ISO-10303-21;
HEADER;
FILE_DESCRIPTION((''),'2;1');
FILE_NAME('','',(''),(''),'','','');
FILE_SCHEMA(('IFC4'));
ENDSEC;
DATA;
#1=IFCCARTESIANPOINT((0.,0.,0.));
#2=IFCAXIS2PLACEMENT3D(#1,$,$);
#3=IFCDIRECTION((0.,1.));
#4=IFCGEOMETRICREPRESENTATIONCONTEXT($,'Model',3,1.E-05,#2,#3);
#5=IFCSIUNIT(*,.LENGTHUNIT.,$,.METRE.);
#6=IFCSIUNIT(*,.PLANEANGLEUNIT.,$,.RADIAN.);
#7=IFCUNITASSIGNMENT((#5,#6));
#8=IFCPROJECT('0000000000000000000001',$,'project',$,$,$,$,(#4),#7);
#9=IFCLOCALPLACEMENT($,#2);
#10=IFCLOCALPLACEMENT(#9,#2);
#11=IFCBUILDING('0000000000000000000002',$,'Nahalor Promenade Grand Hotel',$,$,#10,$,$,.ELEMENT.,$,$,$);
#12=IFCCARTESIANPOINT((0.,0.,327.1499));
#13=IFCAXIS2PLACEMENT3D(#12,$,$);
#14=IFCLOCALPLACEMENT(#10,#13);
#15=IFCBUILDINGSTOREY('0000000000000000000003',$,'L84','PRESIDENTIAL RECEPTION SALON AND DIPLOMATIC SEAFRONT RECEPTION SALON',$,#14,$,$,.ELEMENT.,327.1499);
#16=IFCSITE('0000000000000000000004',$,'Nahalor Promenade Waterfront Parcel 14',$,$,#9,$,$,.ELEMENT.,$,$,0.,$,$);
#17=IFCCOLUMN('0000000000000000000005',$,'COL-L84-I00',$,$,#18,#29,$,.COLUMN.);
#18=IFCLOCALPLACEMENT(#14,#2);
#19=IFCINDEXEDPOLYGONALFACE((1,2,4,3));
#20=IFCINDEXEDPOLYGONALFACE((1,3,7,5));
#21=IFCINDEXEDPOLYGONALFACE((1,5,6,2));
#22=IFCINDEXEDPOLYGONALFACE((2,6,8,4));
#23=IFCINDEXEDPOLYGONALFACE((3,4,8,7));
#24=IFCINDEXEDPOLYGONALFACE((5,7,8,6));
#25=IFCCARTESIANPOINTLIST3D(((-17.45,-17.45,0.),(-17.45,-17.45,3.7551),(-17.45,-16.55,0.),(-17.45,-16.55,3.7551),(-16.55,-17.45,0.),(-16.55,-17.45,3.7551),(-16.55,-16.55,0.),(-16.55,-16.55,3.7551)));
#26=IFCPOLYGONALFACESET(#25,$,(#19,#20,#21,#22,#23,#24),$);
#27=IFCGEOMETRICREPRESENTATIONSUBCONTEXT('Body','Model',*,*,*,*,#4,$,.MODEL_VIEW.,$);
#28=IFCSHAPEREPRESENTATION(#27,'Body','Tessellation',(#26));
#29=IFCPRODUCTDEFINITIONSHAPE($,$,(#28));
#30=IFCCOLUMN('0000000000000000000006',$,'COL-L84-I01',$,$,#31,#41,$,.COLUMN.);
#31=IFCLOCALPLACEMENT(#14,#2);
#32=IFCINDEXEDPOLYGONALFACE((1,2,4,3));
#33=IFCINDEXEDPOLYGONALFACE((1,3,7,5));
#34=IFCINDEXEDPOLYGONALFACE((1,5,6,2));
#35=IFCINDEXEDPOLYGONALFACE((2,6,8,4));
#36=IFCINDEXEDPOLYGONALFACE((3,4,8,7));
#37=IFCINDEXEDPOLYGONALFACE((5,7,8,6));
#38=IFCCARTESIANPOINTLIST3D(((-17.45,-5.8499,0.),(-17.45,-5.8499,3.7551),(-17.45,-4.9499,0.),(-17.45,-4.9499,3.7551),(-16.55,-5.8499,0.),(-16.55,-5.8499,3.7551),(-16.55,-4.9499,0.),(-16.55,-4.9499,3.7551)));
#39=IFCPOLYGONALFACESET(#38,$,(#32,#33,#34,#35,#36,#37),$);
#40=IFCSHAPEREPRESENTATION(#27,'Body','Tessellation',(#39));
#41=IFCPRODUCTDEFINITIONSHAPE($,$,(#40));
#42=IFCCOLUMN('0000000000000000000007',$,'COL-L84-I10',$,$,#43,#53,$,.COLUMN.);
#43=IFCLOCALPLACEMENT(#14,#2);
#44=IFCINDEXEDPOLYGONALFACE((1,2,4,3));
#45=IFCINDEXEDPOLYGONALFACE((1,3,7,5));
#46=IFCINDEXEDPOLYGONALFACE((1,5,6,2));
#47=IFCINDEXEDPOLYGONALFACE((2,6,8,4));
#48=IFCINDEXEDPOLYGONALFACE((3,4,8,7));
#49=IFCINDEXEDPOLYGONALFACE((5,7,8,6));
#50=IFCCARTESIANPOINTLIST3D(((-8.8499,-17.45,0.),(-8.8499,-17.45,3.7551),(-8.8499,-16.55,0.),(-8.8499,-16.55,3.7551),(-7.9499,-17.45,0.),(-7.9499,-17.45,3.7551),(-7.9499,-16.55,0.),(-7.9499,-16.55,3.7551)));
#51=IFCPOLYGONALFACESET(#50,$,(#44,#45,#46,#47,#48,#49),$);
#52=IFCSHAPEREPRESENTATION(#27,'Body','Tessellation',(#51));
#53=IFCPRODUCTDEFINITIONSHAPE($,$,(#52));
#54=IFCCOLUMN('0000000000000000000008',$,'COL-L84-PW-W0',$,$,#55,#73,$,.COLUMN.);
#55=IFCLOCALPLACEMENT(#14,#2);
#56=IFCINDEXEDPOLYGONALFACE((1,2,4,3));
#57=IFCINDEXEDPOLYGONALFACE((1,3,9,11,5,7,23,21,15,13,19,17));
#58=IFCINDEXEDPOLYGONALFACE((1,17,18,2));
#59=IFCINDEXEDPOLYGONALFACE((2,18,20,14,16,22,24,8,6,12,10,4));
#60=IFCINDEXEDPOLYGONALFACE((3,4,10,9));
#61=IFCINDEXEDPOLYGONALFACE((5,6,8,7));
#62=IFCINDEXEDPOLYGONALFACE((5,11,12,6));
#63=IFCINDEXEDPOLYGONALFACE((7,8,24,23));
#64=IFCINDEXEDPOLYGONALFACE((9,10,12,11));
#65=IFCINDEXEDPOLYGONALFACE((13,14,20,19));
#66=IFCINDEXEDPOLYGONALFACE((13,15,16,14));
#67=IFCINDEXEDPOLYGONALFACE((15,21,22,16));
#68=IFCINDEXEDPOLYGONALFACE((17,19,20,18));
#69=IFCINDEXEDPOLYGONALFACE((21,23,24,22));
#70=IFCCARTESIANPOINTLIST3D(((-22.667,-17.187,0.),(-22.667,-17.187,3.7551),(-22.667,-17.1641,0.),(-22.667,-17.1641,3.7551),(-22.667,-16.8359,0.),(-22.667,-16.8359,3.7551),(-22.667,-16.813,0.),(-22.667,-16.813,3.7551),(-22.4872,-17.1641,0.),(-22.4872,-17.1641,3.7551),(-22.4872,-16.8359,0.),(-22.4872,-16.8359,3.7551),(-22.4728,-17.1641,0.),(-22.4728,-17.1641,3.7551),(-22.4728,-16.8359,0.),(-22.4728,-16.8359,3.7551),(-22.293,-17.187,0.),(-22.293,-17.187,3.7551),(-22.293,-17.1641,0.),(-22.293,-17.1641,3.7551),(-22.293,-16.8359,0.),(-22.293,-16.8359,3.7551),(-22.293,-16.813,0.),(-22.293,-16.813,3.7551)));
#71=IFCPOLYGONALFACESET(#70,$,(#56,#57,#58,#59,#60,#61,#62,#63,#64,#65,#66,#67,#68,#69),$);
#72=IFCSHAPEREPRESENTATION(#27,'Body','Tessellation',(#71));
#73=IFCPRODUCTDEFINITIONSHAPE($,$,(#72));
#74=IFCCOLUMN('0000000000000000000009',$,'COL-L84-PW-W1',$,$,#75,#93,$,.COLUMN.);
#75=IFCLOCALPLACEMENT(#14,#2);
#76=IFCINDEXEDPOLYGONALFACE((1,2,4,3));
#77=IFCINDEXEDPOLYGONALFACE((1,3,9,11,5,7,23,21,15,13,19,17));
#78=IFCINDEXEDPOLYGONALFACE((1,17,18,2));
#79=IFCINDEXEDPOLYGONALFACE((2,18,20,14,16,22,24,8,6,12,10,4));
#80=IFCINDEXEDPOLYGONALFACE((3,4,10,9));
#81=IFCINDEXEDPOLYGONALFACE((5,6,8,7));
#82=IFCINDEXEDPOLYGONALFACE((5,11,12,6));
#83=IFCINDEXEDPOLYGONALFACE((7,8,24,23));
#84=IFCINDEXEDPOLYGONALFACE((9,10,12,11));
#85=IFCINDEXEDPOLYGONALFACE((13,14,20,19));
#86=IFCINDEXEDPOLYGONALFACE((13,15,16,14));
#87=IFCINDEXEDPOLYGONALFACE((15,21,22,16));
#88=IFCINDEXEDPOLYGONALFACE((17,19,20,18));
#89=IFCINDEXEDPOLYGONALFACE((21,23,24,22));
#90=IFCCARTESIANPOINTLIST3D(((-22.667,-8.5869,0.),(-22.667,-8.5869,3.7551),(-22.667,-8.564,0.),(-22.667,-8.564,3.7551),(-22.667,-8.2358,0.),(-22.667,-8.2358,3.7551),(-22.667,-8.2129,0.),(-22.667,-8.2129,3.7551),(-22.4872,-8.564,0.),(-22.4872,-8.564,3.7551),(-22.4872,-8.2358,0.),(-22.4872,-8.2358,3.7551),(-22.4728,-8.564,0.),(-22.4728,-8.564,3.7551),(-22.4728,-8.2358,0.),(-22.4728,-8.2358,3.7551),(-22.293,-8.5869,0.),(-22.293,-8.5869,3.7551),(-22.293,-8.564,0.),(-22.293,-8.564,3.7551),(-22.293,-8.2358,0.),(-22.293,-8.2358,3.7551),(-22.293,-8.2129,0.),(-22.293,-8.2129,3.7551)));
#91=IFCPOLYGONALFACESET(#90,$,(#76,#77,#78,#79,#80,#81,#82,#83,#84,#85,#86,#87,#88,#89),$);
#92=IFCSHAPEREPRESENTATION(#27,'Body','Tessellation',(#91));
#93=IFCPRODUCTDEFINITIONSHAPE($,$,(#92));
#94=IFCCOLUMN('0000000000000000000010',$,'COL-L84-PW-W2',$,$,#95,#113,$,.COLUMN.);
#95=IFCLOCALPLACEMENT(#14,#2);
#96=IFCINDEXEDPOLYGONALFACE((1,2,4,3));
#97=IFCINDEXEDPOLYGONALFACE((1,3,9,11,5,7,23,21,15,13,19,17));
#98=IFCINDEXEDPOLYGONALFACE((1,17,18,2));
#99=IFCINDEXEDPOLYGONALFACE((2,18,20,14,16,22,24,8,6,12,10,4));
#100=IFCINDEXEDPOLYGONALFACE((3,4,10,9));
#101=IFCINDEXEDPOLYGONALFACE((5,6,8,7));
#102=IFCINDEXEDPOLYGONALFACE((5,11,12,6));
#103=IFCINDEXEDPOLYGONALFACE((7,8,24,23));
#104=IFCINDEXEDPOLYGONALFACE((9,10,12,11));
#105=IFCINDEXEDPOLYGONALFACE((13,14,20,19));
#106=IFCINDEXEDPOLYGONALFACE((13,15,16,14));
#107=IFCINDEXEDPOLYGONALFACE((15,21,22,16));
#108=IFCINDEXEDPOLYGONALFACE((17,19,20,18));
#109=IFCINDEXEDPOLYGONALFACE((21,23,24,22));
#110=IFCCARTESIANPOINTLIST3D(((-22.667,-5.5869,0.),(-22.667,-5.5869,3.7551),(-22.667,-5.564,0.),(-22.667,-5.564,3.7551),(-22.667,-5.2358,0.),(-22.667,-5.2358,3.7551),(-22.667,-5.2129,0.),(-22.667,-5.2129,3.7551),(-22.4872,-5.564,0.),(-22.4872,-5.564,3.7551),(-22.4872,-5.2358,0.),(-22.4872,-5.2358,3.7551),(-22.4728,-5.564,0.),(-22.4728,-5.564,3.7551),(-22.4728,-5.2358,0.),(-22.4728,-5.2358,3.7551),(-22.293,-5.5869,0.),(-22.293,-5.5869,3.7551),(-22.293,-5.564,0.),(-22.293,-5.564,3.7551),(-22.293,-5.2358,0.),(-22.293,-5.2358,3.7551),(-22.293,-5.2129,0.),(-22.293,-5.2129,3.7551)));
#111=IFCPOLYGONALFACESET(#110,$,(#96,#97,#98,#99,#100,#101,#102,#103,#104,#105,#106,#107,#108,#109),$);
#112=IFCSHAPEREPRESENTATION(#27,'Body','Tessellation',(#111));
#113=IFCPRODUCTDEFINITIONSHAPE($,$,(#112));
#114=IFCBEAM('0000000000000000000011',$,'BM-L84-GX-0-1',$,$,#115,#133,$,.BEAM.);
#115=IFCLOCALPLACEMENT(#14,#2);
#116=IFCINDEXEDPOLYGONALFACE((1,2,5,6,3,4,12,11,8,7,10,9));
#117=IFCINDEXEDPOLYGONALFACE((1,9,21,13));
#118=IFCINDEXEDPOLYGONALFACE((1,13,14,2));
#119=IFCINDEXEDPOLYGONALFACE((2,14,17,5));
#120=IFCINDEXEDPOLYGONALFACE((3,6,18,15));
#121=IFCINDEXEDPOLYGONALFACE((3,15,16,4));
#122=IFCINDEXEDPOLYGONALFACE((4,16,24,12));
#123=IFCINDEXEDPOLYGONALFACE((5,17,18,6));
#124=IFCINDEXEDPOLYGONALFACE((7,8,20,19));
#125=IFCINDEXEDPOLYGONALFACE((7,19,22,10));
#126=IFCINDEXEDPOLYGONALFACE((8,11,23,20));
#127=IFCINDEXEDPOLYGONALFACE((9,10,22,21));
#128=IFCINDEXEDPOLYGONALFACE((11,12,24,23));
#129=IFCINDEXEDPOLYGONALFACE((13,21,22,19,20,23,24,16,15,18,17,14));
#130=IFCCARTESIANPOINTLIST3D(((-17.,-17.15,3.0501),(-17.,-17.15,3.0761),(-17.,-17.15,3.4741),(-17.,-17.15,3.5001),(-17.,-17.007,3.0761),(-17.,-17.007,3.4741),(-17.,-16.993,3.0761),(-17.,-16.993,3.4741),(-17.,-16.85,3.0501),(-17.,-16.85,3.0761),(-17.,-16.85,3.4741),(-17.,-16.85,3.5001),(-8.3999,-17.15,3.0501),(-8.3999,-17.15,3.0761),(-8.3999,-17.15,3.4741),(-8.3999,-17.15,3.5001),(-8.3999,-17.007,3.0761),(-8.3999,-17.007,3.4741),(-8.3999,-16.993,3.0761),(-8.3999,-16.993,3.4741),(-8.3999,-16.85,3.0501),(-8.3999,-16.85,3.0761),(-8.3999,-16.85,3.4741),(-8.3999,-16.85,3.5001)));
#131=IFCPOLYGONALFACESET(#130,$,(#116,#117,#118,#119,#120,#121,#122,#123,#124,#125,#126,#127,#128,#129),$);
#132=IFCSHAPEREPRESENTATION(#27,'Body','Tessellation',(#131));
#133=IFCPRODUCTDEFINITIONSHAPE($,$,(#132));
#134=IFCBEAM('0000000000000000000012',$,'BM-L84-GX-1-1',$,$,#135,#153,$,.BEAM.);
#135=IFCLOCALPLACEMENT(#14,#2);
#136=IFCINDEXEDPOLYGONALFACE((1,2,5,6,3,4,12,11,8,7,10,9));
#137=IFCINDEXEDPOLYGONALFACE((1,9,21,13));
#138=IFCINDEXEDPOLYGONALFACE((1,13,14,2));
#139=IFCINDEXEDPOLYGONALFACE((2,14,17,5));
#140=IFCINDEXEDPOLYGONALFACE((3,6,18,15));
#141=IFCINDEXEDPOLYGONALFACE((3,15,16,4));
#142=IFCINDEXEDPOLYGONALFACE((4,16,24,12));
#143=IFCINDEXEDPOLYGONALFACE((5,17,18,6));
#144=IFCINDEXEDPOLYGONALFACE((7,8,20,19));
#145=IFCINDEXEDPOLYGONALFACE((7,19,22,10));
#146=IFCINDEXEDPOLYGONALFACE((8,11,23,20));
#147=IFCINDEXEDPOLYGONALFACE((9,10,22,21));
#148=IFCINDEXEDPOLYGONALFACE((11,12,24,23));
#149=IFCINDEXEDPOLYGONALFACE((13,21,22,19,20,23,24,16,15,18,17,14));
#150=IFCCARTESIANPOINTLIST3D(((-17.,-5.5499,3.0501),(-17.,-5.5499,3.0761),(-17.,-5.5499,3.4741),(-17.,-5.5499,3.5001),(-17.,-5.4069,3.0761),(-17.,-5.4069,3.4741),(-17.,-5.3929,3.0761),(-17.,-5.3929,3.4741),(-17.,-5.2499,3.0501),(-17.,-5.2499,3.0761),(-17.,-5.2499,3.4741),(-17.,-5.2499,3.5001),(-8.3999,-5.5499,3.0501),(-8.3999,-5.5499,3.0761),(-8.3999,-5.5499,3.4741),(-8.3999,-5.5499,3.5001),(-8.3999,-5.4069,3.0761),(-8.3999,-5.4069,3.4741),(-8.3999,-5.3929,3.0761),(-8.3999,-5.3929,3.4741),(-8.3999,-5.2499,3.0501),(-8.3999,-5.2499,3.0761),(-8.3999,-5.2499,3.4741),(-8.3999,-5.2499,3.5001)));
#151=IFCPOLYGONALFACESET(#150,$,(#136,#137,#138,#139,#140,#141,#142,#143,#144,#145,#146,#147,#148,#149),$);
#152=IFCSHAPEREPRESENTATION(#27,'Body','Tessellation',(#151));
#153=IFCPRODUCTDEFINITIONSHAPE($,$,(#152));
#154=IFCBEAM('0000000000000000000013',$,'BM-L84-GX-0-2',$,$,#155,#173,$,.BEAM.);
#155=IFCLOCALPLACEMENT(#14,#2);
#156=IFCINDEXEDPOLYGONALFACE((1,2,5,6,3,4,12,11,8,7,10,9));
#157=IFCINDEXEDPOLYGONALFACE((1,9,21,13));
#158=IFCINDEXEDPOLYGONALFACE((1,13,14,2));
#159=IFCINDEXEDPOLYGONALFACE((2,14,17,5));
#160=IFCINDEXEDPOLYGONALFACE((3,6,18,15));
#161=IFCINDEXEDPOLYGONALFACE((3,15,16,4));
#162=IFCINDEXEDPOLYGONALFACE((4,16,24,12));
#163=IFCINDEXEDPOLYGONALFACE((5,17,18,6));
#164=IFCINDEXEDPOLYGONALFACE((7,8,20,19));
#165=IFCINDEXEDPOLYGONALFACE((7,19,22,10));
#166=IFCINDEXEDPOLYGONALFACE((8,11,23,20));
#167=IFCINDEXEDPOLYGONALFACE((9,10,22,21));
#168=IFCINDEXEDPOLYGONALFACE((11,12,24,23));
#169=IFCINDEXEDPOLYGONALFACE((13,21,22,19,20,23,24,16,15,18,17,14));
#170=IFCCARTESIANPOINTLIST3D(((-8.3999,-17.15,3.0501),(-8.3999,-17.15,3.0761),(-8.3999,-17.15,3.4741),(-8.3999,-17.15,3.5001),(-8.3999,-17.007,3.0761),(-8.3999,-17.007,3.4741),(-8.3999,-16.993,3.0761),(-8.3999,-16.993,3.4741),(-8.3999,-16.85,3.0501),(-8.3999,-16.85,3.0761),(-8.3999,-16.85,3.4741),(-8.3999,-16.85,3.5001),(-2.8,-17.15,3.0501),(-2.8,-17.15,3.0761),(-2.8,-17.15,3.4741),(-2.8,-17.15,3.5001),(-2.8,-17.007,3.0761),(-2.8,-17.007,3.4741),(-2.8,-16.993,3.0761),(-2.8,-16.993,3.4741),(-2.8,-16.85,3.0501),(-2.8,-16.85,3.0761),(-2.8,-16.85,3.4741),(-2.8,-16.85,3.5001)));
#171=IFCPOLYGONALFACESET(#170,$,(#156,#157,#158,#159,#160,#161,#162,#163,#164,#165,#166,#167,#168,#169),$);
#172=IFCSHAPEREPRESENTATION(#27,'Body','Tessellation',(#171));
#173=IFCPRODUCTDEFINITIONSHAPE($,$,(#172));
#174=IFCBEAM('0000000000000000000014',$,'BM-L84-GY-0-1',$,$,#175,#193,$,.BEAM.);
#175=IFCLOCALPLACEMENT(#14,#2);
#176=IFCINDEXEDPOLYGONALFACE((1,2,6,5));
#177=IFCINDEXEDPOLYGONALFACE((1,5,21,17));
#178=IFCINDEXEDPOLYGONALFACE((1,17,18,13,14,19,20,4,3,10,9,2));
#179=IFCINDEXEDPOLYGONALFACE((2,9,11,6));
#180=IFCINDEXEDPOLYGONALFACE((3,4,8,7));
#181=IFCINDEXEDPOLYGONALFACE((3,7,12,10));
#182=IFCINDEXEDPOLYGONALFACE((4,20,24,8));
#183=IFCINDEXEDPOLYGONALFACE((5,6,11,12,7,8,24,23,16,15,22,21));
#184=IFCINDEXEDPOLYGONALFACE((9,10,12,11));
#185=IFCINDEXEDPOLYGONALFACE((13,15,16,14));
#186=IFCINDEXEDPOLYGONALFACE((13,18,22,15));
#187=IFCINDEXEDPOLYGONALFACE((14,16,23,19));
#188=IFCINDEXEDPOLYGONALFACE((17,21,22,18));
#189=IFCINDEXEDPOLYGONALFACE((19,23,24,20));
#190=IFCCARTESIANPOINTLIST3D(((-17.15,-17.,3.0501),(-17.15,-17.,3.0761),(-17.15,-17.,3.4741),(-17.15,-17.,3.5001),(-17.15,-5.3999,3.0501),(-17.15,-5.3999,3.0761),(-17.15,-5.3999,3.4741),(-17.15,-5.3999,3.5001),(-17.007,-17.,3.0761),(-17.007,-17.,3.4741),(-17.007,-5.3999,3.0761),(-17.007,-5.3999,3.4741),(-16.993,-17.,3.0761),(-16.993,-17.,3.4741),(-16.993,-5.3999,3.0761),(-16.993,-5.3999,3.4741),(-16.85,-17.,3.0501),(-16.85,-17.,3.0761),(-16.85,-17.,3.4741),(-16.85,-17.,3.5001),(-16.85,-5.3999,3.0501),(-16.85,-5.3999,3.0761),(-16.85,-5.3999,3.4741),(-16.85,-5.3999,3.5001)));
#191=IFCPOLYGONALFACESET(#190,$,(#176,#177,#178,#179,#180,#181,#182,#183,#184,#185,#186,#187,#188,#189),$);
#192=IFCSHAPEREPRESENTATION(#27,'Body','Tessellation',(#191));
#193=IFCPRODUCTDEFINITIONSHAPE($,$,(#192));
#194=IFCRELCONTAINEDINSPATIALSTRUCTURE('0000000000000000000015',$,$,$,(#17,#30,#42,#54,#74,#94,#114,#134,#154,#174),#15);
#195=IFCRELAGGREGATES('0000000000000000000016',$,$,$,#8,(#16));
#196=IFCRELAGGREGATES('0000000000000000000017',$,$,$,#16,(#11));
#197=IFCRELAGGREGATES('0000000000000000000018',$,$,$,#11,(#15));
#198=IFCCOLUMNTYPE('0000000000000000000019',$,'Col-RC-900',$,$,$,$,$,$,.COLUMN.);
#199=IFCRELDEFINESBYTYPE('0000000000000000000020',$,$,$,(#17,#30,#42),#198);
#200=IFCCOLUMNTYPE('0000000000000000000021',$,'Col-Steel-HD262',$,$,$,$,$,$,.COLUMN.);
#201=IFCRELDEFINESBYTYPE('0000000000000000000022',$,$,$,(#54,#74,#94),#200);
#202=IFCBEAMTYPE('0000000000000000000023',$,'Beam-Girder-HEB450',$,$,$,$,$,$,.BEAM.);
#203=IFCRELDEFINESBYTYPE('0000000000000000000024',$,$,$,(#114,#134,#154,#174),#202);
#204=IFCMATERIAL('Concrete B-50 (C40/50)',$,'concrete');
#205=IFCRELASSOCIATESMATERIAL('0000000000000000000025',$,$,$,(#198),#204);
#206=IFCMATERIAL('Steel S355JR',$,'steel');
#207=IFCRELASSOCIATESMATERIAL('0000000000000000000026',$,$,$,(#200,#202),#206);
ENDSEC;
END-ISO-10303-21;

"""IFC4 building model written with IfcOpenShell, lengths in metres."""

from ifc_helpers import new_model, si_unit, direction, frame, origin, origin_2d, place, context, subcontext, project, spatial, rectangle, i_section, extrude, source, transform, mapped, material, material_profile, profile_set, type_object, element, save


model = new_model("IFC4")

# Units and contexts
model_context = context("Model", 3, precision=1e-05, world=origin(), true_north=direction((0.0, 1.0)))
body_context = subcontext(model_context, "Body", "Model", "MODEL_VIEW")
ifc_project = project(units=[si_unit("LENGTHUNIT", "METRE"), si_unit("PLANEANGLEUNIT", "RADIAN")], contexts=[model_context])

# Site, building, storey
site_placement = place(None, origin())
site = spatial("IfcSite", under=ifc_project, at=site_placement, Name="Nahalor Promenade Waterfront Parcel 14", CompositionType="ELEMENT", RefElevation=0.0)
building_placement = place(site_placement, origin())
building = spatial("IfcBuilding", under=site, at=building_placement, Name="Nahalor Promenade Grand Hotel", CompositionType="ELEMENT")
storey_placement = place(building_placement, frame((0.0, 0.0, 327.1499)))
storey = spatial("IfcBuildingStorey", under=building, at=storey_placement, Name="L84", Description="PRESIDENTIAL RECEPTION SALON AND DIPLOMATIC SEAFRONT RECEPTION SALON", CompositionType="ELEMENT", Elevation=327.1499)

# Columns
ifc_material_1 = material(Name="Concrete B-50 (C40/50)", Category="concrete")
ifc_material_profile_1 = material_profile(ifc_material_1, rectangle(XDim=0.9, YDim=0.9, at=origin_2d()), Name="RC 900x900")
ifc_profile_set_1 = profile_set([ifc_material_profile_1], Name="Concrete B-50 (C40/50)")
column_type_1 = type_object("IfcColumnType", Name="Col-RC-900", PredefinedType="COLUMN", material=ifc_profile_set_1)
shared_shape_1 = source(origin(), body_context, "Body", "SweptSolid", [
    extrude(rectangle(XDim=0.9, YDim=0.9, at=origin_2d()), origin(), (0.0, 0.0, 1.0), 3.7551),
])
for number, where, z_axis, x_axis, name in (
    (1, (-17.0, -17.0, 0.0), (0.0, 0.0, 1.0), (1.0, 0.0, 0.0), "COL-L84-I00"),
    (2, (-17.0, -5.3999, 0.0), (0.0, 0.0, 1.0), (1.0, 0.0, 0.0), "COL-L84-I01"),
    (3, (-8.3999, -17.0, 0.0), (0.0, 0.0, 1.0), (1.0, 0.0, 0.0), "COL-L84-I10"),
):
    element("IfcColumn", number, at=place(storey_placement, frame(where, z_axis=z_axis, x_axis=x_axis)), inside=storey, type_object=column_type_1, Name=name, PredefinedType="COLUMN", context=body_context, shape_type="MappedRepresentation", body=[
        mapped(shared_shape_1, transform((0.0, 0.0, 0.0), scale=1.0)),
    ])
ifc_material_2 = material(Name="Steel S355JR", Category="steel")
ifc_material_profile_2 = material_profile(ifc_material_2, i_section(OverallWidth=0.374, OverallDepth=0.374, WebThickness=0.0144, FlangeThickness=0.0229, at=origin_2d()), Name="HD 360x262")
ifc_profile_set_2 = profile_set([ifc_material_profile_2], Name="Steel S355JR")
column_type_2 = type_object("IfcColumnType", Name="Col-Steel-HD262", PredefinedType="COLUMN", material=ifc_profile_set_2)
shared_shape_2 = source(origin(), body_context, "Body", "SweptSolid", [
    extrude(i_section(OverallWidth=0.374, OverallDepth=0.374, WebThickness=0.0144, FlangeThickness=0.0229, at=origin_2d()), origin(), (0.0, 0.0, 1.0), 3.7551),
])
for number, where, z_axis, x_axis, name in (
    (4, (-22.48, -17.0, 0.0), (0.0, 0.0, 1.0), (1.0, 0.0, 0.0), "COL-L84-PW-W0"),
    (5, (-22.48, -8.3999, 0.0), (0.0, 0.0, 1.0), (1.0, 0.0, 0.0), "COL-L84-PW-W1"),
    (6, (-22.48, -5.3999, 0.0), (0.0, 0.0, 1.0), (1.0, 0.0, 0.0), "COL-L84-PW-W2"),
):
    element("IfcColumn", number, at=place(storey_placement, frame(where, z_axis=z_axis, x_axis=x_axis)), inside=storey, type_object=column_type_2, Name=name, PredefinedType="COLUMN", context=body_context, shape_type="MappedRepresentation", body=[
        mapped(shared_shape_2, transform((0.0, 0.0, 0.0), scale=1.0)),
    ])

# Beams
ifc_material_profile_3 = material_profile(ifc_material_2, i_section(OverallWidth=0.3, OverallDepth=0.45, WebThickness=0.014, FlangeThickness=0.026, at=origin_2d()), Name="HEB 450")
ifc_profile_set_3 = profile_set([ifc_material_profile_3], Name="Steel S355JR")
beam_type_1 = type_object("IfcBeamType", Name="Beam-Girder-HEB450", PredefinedType="BEAM", material=ifc_profile_set_3)
shared_shape_3 = source(origin(), body_context, "Body", "SweptSolid", [
    extrude(i_section(OverallWidth=0.3, OverallDepth=0.45, WebThickness=0.014, FlangeThickness=0.026, at=origin_2d()), origin(), (0.0, 0.0, 1.0), 8.6001),
])
for number, where, z_axis, x_axis, name in (
    (7, (-17.0, -17.0, 3.2751), (1.0, 0.0, 0.0), (0.0, 1.0, 0.0), "BM-L84-GX-0-1"),
    (8, (-17.0, -5.3999, 3.2751), (1.0, 0.0, 0.0), (0.0, 1.0, 0.0), "BM-L84-GX-1-1"),
):
    element("IfcBeam", number, at=place(storey_placement, frame(where, z_axis=z_axis, x_axis=x_axis)), inside=storey, type_object=beam_type_1, Name=name, PredefinedType="BEAM", context=body_context, shape_type="MappedRepresentation", body=[
        mapped(shared_shape_3, transform((0.0, 0.0, 0.0), scale=1.0)),
    ])
shared_shape_4 = source(origin(), body_context, "Body", "SweptSolid", [
    extrude(i_section(OverallWidth=0.3, OverallDepth=0.45, WebThickness=0.014, FlangeThickness=0.026, at=origin_2d()), origin(), (0.0, 0.0, 1.0), 5.5999),
])
beam_1_placement = place(storey_placement, frame((-8.3999, -17.0, 3.2751), z_axis=(1.0, 0.0, 0.0), x_axis=(0.0, 1.0, 0.0)))
element("IfcBeam", 9, at=beam_1_placement, inside=storey, type_object=beam_type_1, Name="BM-L84-GX-0-2", PredefinedType="BEAM", context=body_context, shape_type="MappedRepresentation", body=[
    mapped(shared_shape_4, transform((0.0, 0.0, 0.0), scale=1.0)),
])
shared_shape_5 = source(origin(), body_context, "Body", "SweptSolid", [
    extrude(i_section(OverallWidth=0.3, OverallDepth=0.45, WebThickness=0.014, FlangeThickness=0.026, at=origin_2d()), origin(), (0.0, 0.0, 1.0), 11.6001),
])
for number, where, z_axis, x_axis, name in (
    (10, (-17.0, -17.0, 3.2751), (0.0, 1.0, 0.0), (-1.0, 0.0, 0.0), "BM-L84-GY-0-1"),
):
    element("IfcBeam", number, at=place(storey_placement, frame(where, z_axis=z_axis, x_axis=x_axis)), inside=storey, type_object=beam_type_1, Name=name, PredefinedType="BEAM", context=body_context, shape_type="MappedRepresentation", body=[
        mapped(shared_shape_5, transform((0.0, 0.0, 0.0), scale=1.0)),
    ])

save(model, "model.ifc")
